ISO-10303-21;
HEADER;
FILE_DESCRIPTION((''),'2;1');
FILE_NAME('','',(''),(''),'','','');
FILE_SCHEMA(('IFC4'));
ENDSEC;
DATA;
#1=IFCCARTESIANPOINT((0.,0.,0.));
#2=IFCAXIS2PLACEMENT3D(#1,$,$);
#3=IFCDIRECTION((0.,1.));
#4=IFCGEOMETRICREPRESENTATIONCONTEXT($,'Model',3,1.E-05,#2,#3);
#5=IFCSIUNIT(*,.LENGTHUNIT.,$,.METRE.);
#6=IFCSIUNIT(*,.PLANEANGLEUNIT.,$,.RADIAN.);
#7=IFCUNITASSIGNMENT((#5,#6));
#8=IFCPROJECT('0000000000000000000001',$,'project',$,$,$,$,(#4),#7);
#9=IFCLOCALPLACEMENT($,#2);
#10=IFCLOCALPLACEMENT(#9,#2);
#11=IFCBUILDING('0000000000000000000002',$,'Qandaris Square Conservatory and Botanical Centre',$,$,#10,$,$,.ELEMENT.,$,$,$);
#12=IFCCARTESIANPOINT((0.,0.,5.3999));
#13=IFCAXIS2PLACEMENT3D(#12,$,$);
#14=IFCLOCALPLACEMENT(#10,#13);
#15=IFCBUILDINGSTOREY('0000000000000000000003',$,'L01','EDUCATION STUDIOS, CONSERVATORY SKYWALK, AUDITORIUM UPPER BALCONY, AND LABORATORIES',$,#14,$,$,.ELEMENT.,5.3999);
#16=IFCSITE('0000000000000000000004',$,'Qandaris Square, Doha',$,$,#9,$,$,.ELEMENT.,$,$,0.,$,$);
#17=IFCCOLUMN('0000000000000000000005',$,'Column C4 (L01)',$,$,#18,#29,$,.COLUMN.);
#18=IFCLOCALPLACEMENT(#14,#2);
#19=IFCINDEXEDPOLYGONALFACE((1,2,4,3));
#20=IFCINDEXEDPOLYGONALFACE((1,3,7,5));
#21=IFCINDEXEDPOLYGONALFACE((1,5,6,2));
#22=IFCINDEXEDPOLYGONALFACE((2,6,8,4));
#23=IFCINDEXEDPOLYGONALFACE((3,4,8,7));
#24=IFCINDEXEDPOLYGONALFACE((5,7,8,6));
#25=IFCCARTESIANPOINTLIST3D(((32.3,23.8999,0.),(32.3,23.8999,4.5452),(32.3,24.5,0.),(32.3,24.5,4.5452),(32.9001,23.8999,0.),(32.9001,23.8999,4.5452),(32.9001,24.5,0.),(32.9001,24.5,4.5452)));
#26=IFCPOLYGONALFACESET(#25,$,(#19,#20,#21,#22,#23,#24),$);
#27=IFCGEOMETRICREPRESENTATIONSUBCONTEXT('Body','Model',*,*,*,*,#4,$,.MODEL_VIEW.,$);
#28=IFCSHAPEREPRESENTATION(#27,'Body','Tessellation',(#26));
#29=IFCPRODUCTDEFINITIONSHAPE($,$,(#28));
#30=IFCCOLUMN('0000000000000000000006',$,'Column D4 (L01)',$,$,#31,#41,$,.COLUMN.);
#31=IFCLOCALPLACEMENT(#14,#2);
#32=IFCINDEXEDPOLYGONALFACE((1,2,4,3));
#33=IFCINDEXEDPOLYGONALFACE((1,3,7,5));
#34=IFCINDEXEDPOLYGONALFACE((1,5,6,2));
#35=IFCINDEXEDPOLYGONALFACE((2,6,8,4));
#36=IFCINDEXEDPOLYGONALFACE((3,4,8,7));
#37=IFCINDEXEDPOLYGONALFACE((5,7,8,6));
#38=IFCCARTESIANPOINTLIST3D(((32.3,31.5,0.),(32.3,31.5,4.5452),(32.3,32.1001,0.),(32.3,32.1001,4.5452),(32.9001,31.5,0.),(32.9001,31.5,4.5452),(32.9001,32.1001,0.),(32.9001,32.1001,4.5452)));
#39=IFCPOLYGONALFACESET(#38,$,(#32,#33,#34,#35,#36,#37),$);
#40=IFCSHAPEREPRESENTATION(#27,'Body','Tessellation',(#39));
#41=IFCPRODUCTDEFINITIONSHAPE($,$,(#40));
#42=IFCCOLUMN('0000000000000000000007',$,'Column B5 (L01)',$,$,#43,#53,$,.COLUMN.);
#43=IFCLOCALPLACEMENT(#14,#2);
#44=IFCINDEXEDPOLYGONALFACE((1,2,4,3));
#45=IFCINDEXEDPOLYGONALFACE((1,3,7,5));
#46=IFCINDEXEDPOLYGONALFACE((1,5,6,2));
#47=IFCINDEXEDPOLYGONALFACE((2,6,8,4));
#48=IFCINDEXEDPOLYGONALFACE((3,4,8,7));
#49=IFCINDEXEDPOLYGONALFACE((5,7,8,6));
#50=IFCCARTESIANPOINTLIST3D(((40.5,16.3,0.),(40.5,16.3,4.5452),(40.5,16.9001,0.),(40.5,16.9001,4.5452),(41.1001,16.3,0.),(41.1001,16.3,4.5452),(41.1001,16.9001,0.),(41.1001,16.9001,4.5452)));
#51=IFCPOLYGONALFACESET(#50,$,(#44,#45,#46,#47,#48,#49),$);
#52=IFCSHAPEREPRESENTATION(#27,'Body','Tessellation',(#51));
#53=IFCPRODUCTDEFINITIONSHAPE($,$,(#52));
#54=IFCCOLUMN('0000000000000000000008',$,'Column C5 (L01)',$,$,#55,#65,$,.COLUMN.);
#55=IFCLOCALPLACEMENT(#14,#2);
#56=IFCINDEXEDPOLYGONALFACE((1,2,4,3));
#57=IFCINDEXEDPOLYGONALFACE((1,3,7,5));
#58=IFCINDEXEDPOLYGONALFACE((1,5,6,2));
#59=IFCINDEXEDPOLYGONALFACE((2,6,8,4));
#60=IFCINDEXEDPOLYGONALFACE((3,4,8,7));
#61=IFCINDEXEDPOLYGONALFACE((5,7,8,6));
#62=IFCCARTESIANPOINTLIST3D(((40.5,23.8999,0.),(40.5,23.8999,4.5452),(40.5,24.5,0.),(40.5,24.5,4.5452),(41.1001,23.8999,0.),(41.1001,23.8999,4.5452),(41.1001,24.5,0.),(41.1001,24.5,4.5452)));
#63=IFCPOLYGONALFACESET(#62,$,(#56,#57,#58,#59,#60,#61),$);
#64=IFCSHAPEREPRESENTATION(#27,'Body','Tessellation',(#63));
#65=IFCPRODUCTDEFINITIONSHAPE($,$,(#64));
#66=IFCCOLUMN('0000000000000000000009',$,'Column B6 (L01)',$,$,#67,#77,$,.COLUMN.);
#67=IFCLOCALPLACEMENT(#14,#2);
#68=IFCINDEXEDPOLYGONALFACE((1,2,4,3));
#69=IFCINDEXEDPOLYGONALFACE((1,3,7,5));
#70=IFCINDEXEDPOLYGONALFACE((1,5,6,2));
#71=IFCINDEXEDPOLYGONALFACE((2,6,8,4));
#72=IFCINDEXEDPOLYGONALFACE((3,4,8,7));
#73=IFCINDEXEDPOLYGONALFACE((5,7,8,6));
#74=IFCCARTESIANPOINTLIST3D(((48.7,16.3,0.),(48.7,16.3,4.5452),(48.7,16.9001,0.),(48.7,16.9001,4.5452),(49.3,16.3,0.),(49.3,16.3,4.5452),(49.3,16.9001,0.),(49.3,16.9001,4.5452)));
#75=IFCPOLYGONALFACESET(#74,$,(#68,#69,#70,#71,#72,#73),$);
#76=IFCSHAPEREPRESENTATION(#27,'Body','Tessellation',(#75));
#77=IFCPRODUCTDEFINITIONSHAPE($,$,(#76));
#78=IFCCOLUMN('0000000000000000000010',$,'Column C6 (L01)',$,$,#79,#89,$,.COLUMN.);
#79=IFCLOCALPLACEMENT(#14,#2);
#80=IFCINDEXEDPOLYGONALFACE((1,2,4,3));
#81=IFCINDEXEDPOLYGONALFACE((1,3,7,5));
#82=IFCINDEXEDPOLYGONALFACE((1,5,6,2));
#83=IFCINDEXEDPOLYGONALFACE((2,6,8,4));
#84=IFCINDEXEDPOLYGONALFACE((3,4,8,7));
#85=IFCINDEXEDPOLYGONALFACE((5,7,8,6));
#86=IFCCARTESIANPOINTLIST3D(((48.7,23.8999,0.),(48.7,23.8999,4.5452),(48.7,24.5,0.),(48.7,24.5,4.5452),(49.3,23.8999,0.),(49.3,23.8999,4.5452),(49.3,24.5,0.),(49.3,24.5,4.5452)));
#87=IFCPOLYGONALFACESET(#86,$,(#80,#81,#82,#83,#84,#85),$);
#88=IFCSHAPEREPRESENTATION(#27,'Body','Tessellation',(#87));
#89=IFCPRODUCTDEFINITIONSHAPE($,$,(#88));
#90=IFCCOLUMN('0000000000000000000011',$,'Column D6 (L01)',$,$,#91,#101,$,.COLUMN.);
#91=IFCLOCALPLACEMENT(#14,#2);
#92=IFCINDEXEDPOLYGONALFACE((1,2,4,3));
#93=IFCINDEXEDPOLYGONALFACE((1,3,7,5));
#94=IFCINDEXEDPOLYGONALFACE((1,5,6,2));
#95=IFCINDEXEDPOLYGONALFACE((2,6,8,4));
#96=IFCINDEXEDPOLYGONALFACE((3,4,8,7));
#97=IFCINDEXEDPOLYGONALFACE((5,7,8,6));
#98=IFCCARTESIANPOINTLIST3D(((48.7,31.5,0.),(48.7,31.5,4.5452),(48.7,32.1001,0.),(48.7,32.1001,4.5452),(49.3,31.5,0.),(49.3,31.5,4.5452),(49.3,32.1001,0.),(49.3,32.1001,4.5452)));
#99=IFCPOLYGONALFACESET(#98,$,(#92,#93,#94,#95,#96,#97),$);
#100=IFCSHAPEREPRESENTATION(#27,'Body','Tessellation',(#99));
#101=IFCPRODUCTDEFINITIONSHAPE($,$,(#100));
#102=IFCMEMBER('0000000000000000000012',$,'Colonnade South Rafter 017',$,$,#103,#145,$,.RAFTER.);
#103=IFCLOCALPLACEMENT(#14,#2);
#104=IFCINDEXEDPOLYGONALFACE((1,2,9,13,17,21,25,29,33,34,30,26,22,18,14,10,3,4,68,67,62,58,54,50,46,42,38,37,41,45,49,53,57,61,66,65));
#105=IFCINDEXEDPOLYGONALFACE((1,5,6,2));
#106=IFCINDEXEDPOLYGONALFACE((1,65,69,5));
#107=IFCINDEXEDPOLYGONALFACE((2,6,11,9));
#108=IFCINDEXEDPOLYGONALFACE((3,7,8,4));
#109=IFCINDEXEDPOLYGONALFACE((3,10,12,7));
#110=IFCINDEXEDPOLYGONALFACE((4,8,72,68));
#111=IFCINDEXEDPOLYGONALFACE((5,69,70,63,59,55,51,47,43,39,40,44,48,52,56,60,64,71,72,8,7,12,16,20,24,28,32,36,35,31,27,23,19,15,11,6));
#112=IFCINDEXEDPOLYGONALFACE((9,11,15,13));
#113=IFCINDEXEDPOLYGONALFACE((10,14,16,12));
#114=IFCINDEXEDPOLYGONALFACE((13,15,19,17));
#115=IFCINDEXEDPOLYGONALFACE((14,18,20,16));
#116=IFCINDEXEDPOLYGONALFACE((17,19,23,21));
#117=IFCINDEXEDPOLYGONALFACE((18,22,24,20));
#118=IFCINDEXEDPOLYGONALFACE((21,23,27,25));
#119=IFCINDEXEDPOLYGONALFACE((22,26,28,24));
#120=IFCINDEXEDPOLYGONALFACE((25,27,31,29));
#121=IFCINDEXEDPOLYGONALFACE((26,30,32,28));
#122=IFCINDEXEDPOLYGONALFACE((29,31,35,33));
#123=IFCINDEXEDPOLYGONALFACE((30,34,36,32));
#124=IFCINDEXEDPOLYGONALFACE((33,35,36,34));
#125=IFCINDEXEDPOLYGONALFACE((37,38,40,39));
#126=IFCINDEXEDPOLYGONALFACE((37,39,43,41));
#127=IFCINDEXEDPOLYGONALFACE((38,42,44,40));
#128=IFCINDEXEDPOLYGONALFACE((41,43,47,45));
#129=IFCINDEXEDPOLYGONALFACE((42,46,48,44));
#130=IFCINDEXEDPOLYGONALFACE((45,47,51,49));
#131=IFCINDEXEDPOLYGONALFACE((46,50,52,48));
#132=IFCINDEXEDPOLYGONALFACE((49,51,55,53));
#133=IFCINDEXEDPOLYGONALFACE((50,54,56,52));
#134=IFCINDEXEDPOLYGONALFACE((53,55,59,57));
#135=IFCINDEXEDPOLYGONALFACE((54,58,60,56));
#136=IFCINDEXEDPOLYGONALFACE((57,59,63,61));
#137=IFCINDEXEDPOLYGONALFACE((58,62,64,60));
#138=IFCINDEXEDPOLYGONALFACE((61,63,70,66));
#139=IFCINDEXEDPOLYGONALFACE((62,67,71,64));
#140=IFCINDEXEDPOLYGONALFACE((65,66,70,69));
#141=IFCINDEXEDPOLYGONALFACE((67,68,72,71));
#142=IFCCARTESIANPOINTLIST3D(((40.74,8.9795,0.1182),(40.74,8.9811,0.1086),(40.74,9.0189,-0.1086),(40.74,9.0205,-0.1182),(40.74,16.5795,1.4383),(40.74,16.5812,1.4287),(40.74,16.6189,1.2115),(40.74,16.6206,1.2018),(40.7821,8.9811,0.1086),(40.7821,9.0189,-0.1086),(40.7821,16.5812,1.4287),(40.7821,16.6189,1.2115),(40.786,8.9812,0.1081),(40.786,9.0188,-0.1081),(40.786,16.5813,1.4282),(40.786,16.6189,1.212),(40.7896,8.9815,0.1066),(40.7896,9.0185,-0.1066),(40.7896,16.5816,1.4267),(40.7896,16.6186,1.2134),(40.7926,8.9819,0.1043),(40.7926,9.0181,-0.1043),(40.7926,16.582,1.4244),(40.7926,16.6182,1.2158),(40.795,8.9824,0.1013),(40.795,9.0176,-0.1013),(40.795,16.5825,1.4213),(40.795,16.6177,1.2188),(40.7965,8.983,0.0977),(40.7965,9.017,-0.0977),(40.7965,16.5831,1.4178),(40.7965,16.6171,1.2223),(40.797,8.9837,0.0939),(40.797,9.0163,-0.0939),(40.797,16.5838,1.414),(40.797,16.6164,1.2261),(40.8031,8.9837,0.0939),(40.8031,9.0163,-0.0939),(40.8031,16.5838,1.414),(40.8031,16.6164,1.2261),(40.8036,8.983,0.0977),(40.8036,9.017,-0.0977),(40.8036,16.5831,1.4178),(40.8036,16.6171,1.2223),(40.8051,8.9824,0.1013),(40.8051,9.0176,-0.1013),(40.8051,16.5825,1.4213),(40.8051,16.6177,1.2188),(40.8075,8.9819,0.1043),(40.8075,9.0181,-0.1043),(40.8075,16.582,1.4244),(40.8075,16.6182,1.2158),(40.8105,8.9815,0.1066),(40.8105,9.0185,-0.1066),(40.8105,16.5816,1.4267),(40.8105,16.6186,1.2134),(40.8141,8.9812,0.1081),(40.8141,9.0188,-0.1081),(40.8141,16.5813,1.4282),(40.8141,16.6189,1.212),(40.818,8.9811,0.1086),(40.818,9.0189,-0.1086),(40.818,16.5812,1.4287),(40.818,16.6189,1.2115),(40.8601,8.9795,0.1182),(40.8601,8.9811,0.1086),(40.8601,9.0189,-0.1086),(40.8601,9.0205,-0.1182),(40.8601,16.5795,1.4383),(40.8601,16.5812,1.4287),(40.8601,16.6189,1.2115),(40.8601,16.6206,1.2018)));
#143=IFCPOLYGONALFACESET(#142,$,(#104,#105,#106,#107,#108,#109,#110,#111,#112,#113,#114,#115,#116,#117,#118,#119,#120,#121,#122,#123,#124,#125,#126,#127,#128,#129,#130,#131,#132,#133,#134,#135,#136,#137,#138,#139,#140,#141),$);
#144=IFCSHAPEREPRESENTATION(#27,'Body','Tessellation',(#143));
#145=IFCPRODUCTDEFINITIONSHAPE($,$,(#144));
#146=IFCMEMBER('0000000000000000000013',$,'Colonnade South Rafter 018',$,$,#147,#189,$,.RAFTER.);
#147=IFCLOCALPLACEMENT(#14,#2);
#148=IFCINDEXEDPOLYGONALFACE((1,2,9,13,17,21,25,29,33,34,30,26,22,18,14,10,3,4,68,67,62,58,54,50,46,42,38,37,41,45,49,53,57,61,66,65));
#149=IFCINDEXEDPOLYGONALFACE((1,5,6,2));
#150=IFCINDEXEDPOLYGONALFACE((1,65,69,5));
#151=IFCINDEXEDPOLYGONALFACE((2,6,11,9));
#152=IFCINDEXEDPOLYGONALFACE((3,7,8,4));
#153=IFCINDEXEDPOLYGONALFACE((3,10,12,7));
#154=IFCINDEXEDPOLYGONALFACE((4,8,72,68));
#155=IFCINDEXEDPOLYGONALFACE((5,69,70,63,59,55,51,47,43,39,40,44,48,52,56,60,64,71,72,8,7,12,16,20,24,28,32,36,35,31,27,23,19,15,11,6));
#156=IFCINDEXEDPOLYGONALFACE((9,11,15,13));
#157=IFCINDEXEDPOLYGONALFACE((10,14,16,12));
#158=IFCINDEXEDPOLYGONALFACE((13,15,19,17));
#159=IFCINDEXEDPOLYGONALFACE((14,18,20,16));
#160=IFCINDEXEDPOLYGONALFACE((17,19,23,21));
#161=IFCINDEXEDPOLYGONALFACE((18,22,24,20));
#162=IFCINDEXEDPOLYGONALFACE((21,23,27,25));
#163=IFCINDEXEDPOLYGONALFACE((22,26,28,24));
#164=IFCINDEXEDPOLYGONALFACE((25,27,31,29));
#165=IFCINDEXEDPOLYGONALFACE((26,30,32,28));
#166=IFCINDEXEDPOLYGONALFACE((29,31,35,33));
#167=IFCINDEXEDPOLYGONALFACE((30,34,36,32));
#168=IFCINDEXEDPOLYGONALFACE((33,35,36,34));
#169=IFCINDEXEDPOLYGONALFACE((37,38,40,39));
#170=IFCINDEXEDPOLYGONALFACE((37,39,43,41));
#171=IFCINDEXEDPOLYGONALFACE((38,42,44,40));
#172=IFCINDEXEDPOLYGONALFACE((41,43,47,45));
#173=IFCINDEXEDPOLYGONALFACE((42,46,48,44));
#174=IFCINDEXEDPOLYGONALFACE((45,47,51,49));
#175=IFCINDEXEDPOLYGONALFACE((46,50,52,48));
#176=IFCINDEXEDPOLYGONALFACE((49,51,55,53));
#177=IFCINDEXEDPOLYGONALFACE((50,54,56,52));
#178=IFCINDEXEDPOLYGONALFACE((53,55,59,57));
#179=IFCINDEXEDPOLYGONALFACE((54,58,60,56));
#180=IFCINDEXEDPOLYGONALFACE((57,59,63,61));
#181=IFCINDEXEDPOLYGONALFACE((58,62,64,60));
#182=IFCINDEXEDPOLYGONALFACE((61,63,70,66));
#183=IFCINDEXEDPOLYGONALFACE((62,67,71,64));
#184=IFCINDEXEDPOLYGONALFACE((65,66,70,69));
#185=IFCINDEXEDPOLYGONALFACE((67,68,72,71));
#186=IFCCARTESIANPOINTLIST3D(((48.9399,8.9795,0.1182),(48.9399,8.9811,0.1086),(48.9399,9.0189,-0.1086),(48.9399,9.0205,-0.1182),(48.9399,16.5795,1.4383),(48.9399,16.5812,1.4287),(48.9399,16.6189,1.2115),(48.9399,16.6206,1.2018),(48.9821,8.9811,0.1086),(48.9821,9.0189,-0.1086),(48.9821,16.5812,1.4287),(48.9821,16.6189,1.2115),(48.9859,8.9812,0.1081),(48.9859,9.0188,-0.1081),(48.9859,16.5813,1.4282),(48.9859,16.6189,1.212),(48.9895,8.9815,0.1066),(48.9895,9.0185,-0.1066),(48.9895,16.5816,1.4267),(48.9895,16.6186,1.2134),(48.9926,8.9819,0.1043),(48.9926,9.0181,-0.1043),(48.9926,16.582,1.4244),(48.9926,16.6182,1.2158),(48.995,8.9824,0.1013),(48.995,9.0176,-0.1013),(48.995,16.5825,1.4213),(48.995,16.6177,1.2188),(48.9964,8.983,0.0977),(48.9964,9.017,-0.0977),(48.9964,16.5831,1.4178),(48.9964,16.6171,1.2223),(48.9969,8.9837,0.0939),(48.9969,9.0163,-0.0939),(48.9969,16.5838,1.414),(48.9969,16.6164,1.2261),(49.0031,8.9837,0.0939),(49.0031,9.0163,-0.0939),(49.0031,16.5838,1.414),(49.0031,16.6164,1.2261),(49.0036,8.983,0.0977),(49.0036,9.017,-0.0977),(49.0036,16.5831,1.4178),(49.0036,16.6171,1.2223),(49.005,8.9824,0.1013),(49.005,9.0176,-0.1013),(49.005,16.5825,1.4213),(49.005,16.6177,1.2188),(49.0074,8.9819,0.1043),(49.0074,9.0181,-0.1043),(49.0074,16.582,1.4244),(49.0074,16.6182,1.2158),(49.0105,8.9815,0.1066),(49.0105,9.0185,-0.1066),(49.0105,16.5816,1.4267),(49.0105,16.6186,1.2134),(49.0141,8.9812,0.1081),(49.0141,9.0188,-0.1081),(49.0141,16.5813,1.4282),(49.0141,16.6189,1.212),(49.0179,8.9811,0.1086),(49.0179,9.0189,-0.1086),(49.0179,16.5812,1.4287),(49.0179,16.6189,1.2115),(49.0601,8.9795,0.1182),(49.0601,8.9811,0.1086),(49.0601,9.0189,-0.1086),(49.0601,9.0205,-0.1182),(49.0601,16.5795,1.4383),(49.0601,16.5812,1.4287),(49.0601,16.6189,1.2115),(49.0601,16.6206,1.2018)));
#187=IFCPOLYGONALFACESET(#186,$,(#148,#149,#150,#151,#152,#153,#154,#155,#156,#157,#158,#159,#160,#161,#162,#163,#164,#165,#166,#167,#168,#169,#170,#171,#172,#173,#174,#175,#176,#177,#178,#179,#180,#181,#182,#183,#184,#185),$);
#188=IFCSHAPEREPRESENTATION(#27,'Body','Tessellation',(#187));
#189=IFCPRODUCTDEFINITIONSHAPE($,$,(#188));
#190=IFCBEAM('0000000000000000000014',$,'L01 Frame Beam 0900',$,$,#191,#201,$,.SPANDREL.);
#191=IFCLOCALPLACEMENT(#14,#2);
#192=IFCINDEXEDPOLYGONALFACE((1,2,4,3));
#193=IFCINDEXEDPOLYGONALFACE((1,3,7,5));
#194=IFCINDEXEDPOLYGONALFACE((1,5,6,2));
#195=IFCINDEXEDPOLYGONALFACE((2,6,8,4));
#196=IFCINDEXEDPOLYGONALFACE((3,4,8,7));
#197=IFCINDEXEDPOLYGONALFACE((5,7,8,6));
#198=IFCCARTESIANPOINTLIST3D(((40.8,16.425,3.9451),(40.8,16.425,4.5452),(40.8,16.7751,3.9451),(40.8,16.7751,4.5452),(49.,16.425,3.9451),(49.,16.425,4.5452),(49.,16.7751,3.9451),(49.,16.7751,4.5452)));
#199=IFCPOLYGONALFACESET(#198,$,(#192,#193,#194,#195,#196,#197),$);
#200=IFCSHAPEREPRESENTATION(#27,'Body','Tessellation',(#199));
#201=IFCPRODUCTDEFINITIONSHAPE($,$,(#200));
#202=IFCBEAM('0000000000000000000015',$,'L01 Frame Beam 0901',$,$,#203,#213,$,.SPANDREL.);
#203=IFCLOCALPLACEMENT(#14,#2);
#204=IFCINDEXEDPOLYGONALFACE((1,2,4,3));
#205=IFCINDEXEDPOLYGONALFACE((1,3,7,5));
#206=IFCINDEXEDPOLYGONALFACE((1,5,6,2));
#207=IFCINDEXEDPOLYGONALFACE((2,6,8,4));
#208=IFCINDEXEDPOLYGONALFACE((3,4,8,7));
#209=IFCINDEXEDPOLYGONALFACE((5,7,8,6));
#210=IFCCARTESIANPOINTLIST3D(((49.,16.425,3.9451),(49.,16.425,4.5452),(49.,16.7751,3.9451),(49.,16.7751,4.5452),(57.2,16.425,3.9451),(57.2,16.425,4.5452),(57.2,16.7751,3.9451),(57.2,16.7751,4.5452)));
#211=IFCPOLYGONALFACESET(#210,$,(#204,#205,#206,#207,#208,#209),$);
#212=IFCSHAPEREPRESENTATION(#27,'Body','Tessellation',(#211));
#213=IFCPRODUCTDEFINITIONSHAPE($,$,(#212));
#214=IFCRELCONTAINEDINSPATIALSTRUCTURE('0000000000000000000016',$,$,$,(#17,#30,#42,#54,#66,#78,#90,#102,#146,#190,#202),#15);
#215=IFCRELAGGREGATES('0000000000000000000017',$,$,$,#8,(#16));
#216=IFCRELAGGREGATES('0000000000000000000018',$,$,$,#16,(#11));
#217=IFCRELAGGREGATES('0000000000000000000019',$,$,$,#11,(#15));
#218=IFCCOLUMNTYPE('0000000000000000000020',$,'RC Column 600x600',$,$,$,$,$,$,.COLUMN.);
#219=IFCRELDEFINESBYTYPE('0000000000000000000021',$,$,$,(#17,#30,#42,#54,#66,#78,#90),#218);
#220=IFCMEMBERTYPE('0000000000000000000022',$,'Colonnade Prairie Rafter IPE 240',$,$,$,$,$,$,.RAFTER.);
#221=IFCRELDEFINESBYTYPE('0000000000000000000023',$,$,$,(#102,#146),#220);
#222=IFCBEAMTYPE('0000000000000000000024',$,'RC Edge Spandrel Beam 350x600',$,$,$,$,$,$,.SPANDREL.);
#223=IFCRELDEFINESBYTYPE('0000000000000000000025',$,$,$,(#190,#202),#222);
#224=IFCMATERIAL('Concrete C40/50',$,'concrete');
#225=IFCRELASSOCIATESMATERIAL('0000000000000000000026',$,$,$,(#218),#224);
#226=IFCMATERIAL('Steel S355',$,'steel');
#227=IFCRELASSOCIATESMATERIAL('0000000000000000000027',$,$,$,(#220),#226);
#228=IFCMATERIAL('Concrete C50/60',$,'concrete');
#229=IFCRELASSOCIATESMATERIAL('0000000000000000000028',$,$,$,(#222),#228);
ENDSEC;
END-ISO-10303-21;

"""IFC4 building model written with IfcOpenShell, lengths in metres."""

from ifc_helpers import new_model, si_unit, direction, frame, origin, origin_2d, place, context, subcontext, project, spatial, rectangle, i_section, extrude, material, material_profile, profile_set, type_object, element, save


model = new_model("IFC4")

# Units and contexts
model_context = context("Model", 3, precision=1e-05, world=origin(), true_north=direction((0.0, 1.0)))
body_context = subcontext(model_context, "Body", "Model", "MODEL_VIEW")
ifc_project = project(units=[si_unit("LENGTHUNIT", "METRE"), si_unit("PLANEANGLEUNIT", "RADIAN")], contexts=[model_context])

# Site, building, storey
site_placement = place(None, origin())
site = spatial("IfcSite", under=ifc_project, at=site_placement, Name="Qandaris Square, Doha", CompositionType="ELEMENT", RefElevation=0.0)
building_placement = place(site_placement, origin())
building = spatial("IfcBuilding", under=site, at=building_placement, Name="Qandaris Square Conservatory and Botanical Centre", CompositionType="ELEMENT")
storey_placement = place(building_placement, frame((0.0, 0.0, 5.3999)))
storey = spatial("IfcBuildingStorey", under=building, at=storey_placement, Name="L01", Description="EDUCATION STUDIOS, CONSERVATORY SKYWALK, AUDITORIUM UPPER BALCONY, AND LABORATORIES", CompositionType="ELEMENT", Elevation=5.3999)

# Columns
ifc_material_1 = material(Name="Concrete C40/50", Category="concrete")
ifc_material_profile_1 = material_profile(ifc_material_1, rectangle(XDim=0.6001, YDim=0.6001, at=origin_2d()), Name="RC-COL 600x600")
ifc_profile_set_1 = profile_set([ifc_material_profile_1], Name="Concrete C40/50")
column_type = type_object("IfcColumnType", Name="RC Column 600x600", PredefinedType="COLUMN", material=ifc_profile_set_1)
for number, where, z_axis, x_axis, name in (
    (1, (32.6001, 24.2, 0.0), (0.0, 0.0, 1.0), (1.0, 0.0, 0.0), "Column C4 (L01)"),
    (2, (32.6001, 31.8, 0.0), (0.0, 0.0, 1.0), (1.0, 0.0, 0.0), "Column D4 (L01)"),
    (3, (40.8, 16.6001, 0.0), (0.0, 0.0, 1.0), (1.0, 0.0, 0.0), "Column B5 (L01)"),
    (4, (40.8, 24.2, 0.0), (0.0, 0.0, 1.0), (1.0, 0.0, 0.0), "Column C5 (L01)"),
    (5, (49.0, 16.6001, 0.0), (0.0, 0.0, 1.0), (1.0, 0.0, 0.0), "Column B6 (L01)"),
    (6, (49.0, 24.2, 0.0), (0.0, 0.0, 1.0), (1.0, 0.0, 0.0), "Column C6 (L01)"),
    (7, (49.0, 31.8, 0.0), (0.0, 0.0, 1.0), (1.0, 0.0, 0.0), "Column D6 (L01)"),
):
    element("IfcColumn", number, at=place(storey_placement, frame(where, z_axis=z_axis, x_axis=x_axis)), inside=storey, type_object=column_type, Name=name, PredefinedType="COLUMN", context=body_context, shape_type="SweptSolid", body=[
        extrude(rectangle(XDim=0.6001, YDim=0.6001, at=origin_2d()), origin(), (0.0, 0.0, 1.0), 4.5452),
    ])

# Members
ifc_material_2 = material(Name="Steel S355", Category="steel")
ifc_material_profile_2 = material_profile(ifc_material_2, i_section(OverallWidth=0.1201, OverallDepth=0.24, WebThickness=0.0061, FlangeThickness=0.0098, FilletRadius=0.0149, at=origin_2d()), Name="IPE 240")
ifc_profile_set_2 = profile_set([ifc_material_profile_2], Name="Steel S355")
member_type = type_object("IfcMemberType", Name="Colonnade Prairie Rafter IPE 240", PredefinedType="RAFTER", material=ifc_profile_set_2)
for number, where, z_axis, x_axis, name in (
    (8, (40.8, 9.0, 0.0), (0.0, 0.985249, 0.171129), (-1.0, 0.0, 0.0), "Colonnade South Rafter 017"),
    (9, (49.0, 9.0, 0.0), (0.0, 0.985249, 0.171129), (-1.0, 0.0, 0.0), "Colonnade South Rafter 018"),
):
    element("IfcMember", number, at=place(storey_placement, frame(where, z_axis=z_axis, x_axis=x_axis)), inside=storey, type_object=member_type, Name=name, PredefinedType="RAFTER", context=body_context, shape_type="SweptSolid", body=[
        extrude(i_section(OverallWidth=0.1201, OverallDepth=0.24, WebThickness=0.0061, FlangeThickness=0.0098, FilletRadius=0.0149, at=origin_2d()), origin(), (0.0, 0.0, 1.0), 7.7139),
    ])

# Beams
ifc_material_3 = material(Name="Concrete C50/60", Category="concrete")
ifc_material_profile_3 = material_profile(ifc_material_3, rectangle(XDim=0.3501, YDim=0.6001, at=origin_2d()), Name="RC-SP 350x600")
ifc_profile_set_3 = profile_set([ifc_material_profile_3], Name="Concrete C50/60")
beam_type_1 = type_object("IfcBeamType", Name="RC Edge Spandrel Beam 350x600", PredefinedType="SPANDREL", material=ifc_profile_set_3)
for number, where, z_axis, x_axis, name in (
    (10, (40.8, 16.6001, 4.2451), (1.0, 0.0, 0.0), (0.0, 1.0, 0.0), "L01 Frame Beam 0900"),
    (11, (49.0, 16.6001, 4.2451), (1.0, 0.0, 0.0), (0.0, 1.0, 0.0), "L01 Frame Beam 0901"),
):
    element("IfcBeam", number, at=place(storey_placement, frame(where, z_axis=z_axis, x_axis=x_axis)), inside=storey, type_object=beam_type_1, Name=name, PredefinedType="SPANDREL", context=body_context, shape_type="SweptSolid", body=[
        extrude(rectangle(XDim=0.3501, YDim=0.6001, at=origin_2d()), origin(), (0.0, 0.0, 1.0), 8.2),
    ])

save(model, "model.ifc")
